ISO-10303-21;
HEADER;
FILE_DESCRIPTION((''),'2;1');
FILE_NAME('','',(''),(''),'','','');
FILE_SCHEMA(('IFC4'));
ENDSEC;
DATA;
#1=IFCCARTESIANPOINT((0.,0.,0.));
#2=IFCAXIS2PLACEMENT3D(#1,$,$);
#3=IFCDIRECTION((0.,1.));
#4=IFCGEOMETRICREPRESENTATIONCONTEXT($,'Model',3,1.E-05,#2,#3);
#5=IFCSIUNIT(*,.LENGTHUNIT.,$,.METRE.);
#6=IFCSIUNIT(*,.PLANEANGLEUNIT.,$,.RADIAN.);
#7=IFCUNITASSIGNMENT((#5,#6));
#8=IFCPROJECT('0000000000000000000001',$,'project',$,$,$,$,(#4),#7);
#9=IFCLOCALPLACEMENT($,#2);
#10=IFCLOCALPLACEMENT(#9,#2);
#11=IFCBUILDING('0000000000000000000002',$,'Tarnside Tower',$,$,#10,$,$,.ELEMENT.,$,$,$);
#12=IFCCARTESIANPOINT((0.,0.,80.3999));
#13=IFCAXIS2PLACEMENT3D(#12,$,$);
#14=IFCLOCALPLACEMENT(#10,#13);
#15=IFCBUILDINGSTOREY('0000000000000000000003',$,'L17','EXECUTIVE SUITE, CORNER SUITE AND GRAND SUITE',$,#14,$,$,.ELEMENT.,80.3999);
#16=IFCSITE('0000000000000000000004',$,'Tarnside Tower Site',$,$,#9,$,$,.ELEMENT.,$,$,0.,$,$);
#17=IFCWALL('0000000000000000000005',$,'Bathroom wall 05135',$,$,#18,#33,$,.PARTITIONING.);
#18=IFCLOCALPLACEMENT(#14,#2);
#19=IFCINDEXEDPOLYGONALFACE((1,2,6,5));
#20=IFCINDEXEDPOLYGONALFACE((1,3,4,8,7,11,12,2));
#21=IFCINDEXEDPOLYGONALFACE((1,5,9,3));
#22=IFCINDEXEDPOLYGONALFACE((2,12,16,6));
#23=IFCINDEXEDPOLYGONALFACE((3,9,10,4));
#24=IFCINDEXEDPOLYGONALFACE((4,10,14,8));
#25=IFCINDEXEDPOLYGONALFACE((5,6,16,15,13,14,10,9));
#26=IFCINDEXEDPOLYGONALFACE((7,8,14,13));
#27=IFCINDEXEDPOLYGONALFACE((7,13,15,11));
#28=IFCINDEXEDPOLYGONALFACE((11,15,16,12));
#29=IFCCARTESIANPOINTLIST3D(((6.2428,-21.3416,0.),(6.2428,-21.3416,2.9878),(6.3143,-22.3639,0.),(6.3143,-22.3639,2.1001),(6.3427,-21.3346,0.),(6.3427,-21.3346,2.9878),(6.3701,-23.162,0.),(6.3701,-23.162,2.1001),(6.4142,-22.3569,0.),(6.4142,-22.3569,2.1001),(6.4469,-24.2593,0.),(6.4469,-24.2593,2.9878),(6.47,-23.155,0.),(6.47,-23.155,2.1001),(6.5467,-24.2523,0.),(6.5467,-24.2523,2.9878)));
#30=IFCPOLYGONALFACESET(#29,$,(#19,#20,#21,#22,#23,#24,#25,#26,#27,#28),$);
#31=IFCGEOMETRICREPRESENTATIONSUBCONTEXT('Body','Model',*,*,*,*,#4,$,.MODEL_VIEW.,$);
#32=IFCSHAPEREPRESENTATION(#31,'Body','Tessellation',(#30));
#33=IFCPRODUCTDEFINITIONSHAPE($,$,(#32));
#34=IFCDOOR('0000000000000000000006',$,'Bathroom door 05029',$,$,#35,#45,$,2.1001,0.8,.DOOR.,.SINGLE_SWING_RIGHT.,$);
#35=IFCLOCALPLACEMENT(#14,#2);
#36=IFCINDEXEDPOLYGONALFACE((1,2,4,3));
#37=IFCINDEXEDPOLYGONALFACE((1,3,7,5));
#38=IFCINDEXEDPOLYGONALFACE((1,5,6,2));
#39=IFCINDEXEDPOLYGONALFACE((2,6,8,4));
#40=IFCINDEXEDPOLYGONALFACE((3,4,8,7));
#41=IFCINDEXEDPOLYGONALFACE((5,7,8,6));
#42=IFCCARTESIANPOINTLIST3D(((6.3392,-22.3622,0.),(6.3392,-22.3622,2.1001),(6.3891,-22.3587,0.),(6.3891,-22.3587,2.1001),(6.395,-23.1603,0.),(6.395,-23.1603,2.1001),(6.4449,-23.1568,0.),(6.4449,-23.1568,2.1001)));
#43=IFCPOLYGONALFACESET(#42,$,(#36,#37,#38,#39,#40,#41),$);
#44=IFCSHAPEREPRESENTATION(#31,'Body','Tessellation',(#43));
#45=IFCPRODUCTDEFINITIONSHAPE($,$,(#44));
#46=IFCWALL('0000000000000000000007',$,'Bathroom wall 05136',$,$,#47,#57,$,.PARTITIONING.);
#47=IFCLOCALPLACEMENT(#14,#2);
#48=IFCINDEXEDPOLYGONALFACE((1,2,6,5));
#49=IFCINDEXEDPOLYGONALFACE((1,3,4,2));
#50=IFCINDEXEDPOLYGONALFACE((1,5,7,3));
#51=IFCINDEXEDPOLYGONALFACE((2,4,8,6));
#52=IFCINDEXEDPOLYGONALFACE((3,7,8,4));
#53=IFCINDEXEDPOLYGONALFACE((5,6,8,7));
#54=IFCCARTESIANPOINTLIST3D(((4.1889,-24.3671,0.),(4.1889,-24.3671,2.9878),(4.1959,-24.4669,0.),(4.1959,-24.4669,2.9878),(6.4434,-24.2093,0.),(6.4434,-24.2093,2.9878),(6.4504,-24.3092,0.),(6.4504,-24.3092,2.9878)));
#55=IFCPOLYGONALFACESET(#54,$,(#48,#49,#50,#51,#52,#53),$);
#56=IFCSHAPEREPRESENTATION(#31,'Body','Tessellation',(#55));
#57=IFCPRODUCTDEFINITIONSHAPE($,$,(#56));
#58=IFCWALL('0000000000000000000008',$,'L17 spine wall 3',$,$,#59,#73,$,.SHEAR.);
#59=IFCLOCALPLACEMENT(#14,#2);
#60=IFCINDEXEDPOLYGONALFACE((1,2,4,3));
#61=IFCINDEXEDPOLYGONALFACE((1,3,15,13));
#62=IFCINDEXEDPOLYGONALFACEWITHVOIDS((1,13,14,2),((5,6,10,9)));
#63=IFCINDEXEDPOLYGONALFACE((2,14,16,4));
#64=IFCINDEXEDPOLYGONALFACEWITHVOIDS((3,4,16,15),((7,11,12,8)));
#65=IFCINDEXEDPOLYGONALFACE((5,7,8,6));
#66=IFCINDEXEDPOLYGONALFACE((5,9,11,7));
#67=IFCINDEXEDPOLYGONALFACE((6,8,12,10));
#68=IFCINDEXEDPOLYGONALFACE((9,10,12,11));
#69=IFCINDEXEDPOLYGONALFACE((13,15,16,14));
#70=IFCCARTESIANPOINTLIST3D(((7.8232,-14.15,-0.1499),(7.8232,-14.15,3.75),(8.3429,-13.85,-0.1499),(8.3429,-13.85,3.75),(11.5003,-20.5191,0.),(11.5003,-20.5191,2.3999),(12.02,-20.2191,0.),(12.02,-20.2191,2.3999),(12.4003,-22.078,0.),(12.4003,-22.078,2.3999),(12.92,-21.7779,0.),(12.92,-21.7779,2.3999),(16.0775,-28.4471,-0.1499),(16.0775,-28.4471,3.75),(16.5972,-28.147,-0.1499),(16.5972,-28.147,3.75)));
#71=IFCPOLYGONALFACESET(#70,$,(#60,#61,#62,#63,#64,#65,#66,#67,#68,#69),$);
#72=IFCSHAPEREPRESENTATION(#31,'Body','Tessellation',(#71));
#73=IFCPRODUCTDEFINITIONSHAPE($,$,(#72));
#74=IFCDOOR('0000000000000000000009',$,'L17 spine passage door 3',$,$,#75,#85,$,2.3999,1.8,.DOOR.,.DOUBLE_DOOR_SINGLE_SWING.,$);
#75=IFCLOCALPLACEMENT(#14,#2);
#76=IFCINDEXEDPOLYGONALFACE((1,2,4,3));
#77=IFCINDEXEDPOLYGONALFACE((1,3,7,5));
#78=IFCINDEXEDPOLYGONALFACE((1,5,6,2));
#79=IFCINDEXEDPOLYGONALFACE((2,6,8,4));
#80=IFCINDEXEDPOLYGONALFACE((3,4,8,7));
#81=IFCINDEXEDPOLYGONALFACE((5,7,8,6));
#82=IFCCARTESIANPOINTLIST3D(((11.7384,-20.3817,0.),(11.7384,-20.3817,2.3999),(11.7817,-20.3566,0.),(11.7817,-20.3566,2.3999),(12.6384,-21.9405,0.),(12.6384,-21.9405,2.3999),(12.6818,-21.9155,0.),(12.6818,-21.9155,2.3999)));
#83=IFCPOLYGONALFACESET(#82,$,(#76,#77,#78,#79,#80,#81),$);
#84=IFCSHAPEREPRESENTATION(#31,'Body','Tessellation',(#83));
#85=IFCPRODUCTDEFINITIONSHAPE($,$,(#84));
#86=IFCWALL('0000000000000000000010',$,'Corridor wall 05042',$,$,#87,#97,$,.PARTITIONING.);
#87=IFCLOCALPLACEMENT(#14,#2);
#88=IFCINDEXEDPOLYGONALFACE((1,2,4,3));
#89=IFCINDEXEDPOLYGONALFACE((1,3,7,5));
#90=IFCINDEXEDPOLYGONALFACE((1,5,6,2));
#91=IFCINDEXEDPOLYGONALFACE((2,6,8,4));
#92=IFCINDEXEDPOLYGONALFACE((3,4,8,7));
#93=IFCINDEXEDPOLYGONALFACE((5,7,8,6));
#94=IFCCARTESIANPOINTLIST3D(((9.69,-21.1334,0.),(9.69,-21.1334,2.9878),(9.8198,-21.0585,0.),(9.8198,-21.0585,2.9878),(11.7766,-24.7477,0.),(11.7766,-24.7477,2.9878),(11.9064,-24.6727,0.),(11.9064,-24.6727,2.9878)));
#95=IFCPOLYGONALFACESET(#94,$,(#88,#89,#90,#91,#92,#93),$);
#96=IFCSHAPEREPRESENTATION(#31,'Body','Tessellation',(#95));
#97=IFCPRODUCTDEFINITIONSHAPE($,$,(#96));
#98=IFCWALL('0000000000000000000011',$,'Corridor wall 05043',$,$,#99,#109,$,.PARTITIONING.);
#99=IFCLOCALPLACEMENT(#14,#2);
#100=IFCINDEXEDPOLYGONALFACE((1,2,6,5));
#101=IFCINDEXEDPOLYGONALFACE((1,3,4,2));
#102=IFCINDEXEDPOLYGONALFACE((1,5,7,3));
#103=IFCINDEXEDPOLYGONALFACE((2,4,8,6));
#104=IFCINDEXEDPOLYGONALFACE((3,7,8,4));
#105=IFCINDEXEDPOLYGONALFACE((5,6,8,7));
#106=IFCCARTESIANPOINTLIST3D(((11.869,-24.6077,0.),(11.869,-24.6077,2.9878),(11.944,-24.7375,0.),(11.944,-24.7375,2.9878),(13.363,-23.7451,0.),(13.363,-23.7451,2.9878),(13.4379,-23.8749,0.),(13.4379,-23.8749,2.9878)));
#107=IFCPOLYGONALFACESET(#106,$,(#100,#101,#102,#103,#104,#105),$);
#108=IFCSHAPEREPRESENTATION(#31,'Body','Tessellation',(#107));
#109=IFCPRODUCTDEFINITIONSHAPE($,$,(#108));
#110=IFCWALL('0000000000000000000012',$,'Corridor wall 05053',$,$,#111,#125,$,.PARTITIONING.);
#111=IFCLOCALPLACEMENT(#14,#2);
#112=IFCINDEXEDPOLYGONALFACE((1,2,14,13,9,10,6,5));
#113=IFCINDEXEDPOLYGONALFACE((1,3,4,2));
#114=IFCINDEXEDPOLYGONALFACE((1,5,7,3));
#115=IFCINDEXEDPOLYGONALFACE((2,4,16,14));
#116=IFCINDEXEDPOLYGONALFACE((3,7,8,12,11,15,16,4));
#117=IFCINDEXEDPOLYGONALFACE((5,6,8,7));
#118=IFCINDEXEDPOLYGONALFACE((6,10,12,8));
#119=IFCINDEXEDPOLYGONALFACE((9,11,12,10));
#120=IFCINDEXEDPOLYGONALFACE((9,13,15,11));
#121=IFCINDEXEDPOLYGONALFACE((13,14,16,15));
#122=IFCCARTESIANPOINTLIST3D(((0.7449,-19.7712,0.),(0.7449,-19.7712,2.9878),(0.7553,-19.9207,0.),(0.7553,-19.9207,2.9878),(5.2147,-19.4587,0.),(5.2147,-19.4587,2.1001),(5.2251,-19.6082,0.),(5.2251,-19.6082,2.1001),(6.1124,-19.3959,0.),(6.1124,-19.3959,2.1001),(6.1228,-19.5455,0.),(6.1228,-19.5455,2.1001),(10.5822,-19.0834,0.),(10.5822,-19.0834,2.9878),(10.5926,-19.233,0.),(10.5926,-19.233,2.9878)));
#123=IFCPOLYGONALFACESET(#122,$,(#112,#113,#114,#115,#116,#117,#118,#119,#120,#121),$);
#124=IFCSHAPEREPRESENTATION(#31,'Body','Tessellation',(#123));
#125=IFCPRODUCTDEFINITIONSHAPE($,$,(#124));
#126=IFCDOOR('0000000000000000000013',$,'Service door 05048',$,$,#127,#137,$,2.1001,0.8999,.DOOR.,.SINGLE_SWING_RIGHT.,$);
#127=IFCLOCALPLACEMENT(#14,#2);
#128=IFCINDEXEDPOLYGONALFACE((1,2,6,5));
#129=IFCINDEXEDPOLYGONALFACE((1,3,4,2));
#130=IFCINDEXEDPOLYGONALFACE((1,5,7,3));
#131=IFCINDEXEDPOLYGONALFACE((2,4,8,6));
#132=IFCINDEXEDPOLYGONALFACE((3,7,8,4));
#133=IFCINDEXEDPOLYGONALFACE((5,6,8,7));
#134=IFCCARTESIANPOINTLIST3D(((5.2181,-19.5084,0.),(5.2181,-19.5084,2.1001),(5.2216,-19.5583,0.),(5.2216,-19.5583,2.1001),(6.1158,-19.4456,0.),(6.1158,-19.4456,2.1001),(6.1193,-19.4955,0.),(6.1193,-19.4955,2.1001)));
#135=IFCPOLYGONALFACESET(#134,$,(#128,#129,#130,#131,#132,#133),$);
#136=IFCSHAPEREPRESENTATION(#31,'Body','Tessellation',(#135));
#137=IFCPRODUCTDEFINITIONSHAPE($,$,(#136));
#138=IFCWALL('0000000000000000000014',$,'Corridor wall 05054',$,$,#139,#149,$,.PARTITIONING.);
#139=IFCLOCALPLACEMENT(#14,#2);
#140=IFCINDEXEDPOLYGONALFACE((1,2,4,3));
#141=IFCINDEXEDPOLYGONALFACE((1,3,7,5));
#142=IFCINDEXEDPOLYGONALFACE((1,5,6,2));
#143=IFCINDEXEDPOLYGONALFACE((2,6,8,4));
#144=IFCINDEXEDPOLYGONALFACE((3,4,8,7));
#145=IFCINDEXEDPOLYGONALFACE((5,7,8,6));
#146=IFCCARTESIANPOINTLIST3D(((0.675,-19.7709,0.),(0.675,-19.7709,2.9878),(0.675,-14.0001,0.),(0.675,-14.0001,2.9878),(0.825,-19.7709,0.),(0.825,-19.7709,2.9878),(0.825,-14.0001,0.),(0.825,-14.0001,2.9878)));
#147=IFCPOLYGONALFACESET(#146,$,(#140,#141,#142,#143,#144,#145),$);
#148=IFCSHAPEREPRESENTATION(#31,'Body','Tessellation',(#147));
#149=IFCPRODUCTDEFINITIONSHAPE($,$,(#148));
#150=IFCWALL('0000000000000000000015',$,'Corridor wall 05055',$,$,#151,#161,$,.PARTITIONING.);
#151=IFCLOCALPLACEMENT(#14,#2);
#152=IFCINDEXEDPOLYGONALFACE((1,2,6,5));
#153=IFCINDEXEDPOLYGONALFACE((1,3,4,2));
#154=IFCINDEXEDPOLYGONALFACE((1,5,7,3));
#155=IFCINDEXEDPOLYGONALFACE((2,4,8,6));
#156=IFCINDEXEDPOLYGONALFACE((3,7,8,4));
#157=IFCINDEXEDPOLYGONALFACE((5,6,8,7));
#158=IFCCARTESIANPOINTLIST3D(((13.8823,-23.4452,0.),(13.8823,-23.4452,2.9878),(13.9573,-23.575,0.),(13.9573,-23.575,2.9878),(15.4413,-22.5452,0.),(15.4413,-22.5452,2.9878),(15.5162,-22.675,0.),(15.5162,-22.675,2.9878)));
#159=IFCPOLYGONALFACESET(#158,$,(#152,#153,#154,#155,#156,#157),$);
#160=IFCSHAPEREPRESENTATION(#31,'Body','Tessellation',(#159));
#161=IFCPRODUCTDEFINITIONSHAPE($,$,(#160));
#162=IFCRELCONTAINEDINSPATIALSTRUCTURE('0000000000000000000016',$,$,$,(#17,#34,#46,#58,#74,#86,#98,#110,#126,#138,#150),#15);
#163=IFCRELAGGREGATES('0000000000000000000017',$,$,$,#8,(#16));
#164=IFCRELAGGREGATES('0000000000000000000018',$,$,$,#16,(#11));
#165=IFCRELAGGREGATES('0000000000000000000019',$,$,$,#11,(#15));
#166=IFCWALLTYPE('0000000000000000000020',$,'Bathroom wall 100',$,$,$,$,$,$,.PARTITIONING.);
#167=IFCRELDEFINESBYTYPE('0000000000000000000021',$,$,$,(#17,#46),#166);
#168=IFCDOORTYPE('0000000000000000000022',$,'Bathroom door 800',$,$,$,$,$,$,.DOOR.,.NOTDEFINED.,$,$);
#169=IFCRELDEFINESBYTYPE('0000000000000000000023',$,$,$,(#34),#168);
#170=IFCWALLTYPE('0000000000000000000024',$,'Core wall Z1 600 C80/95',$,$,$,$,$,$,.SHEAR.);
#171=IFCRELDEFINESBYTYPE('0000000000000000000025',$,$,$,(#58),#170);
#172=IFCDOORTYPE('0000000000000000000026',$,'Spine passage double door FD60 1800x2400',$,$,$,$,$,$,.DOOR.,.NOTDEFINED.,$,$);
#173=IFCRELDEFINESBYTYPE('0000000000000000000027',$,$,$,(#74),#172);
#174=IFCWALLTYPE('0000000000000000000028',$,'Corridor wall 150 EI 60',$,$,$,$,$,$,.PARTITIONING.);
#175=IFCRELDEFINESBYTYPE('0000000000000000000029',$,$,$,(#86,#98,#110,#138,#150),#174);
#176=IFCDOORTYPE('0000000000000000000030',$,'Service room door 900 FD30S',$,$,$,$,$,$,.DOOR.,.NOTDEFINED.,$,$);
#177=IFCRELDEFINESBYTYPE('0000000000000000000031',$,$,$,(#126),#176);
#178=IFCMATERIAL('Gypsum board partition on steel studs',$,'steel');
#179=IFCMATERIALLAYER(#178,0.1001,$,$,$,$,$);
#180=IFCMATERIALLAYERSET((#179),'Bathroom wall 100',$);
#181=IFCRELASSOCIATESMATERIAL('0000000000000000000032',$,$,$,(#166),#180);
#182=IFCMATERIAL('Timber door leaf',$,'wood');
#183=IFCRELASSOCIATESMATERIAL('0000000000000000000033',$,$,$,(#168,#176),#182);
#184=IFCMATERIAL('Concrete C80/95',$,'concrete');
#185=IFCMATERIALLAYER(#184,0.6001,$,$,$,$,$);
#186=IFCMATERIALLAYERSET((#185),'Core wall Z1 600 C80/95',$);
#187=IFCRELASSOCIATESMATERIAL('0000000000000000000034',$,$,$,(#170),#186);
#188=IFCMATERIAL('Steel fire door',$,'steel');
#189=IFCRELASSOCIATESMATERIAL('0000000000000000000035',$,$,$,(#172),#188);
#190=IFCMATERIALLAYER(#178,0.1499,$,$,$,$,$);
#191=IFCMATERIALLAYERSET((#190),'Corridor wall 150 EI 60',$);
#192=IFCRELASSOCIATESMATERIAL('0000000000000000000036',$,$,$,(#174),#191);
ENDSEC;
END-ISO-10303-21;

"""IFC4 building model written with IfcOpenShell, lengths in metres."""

from ifc_helpers import new_model, si_unit, direction, frame, frame_2d, origin, place, context, subcontext, project, spatial, rectangle, extrude, material, layer, layer_set, type_object, element, fill, save


model = new_model("IFC4")

# Units and contexts
model_context = context("Model", 3, precision=1e-05, world=origin(), true_north=direction((0.0, 1.0)))
body_context = subcontext(model_context, "Body", "Model", "MODEL_VIEW")
ifc_project = project(units=[si_unit("LENGTHUNIT", "METRE"), si_unit("PLANEANGLEUNIT", "RADIAN")], contexts=[model_context])

# Site, building, storey
site_placement = place(None, origin())
site = spatial("IfcSite", under=ifc_project, at=site_placement, Name="Tarnside Tower Site", CompositionType="ELEMENT", RefElevation=0.0)
building_placement = place(site_placement, origin())
building = spatial("IfcBuilding", under=site, at=building_placement, Name="Tarnside Tower", CompositionType="ELEMENT")
storey_placement = place(building_placement, frame((0.0, 0.0, 80.3999)))
storey = spatial("IfcBuildingStorey", under=building, at=storey_placement, Name="L17", Description="EXECUTIVE SUITE, CORNER SUITE AND GRAND SUITE", CompositionType="ELEMENT", Elevation=80.3999)

# Wall, opening, door
ifc_material_1 = material(Name="Gypsum board partition on steel studs", Category="steel")
ifc_layer_1 = layer(ifc_material_1, 0.1001)
ifc_layer_set_1 = layer_set([ifc_layer_1], Name="Bathroom wall 100")
wall_type_1 = type_object("IfcWallType", Name="Bathroom wall 100", PredefinedType="PARTITIONING", material=ifc_layer_set_1)
wall_1_placement = place(storey_placement, frame((6.2927, -21.3381, 0.0), z_axis=(0.0, 0.0, 1.0), x_axis=(0.069782, -0.997562, 0.0)))
wall_1 = element("IfcWall", 1, at=wall_1_placement, inside=storey, type_object=wall_type_1, Name="Bathroom wall 05135", PredefinedType="PARTITIONING", context=body_context, shape_type="SweptSolid", body=[
    extrude(rectangle(XDim=2.9248, YDim=0.1001, at=frame_2d((1.4624, 0.0))), origin(), (0.0, 0.0, 1.0), 2.9878),
])
opening_1_placement = place(wall_1_placement, frame((1.0249, 0.0, 0.0)))
opening_1 = element("IfcOpeningElement", 2, at=opening_1_placement, cuts=wall_1, PredefinedType="OPENING", context=body_context, shape_type="SweptSolid", body=[
    extrude(rectangle(XDim=0.8, YDim=2.1001, at=frame_2d((0.3999, 1.05))), frame((0.0, 0.0601, 0.0), z_axis=(0.0, -1.0, 0.0), x_axis=(1.0, 0.0, 0.0)), (0.0, 0.0, 1.0), 0.1201),
])
ifc_material_2 = material(Name="Timber door leaf", Category="wood")
door_type_1 = type_object("IfcDoorType", Name="Bathroom door 800", OperationType="NOTDEFINED", PredefinedType="DOOR", material=ifc_material_2)
door_1_placement = place(opening_1_placement, origin())
door_1 = element("IfcDoor", 3, at=door_1_placement, inside=storey, type_object=door_type_1, Name="Bathroom door 05029", OperationType="SINGLE_SWING_RIGHT", OverallHeight=2.1001, OverallWidth=0.8, PredefinedType="DOOR", context=body_context, shape_type="SweptSolid", body=[
    extrude(rectangle(XDim=0.8, YDim=2.1001, at=frame_2d((0.3999, 1.05))), frame((0.0, 0.0249, 0.0), z_axis=(0.0, -1.0, 0.0), x_axis=(1.0, 0.0, 0.0)), (0.0, 0.0, 1.0), 0.05),
])
fill(opening_1, door_1)

# Wall
wall_2_placement = place(storey_placement, frame((6.4468, -24.2593, 0.0), z_axis=(0.0, 0.0, 1.0), x_axis=(-0.997562, -0.069788, 0.0)))
element("IfcWall", 4, at=wall_2_placement, inside=storey, type_object=wall_type_1, Name="Bathroom wall 05136", PredefinedType="PARTITIONING", context=body_context, shape_type="SweptSolid", body=[
    extrude(rectangle(XDim=2.26, YDim=0.1001, at=frame_2d((1.1299, 0.0))), origin(), (0.0, 0.0, 1.0), 2.9878),
])

# Wall, opening, door
ifc_material_3 = material(Name="Concrete C80/95", Category="concrete")
ifc_layer_2 = layer(ifc_material_3, 0.6001)
ifc_layer_set_2 = layer_set([ifc_layer_2], Name="Core wall Z1 600 C80/95")
wall_type_2 = type_object("IfcWallType", Name="Core wall Z1 600 C80/95", PredefinedType="SHEAR", material=ifc_layer_set_2)
wall_3_placement = place(storey_placement, frame((8.083, -14.0, -0.1499), z_axis=(0.0, 0.0, 1.0), x_axis=(0.499998, -0.866027, 0.0)))
wall_3 = element("IfcWall", 5, at=wall_3_placement, inside=storey, type_object=wall_type_2, Name="L17 spine wall 3", PredefinedType="SHEAR", context=body_context, shape_type="SweptSolid", body=[
    extrude(rectangle(XDim=16.5088, YDim=0.6001, at=frame_2d((8.2544, 0.0))), origin(), (0.0, 0.0, 1.0), 3.8999),
])
opening_2_placement = place(wall_3_placement, frame((7.3545, 0.0, 0.1499)))
opening_2 = element("IfcOpeningElement", 6, at=opening_2_placement, cuts=wall_3, PredefinedType="OPENING", context=body_context, shape_type="SweptSolid", body=[
    extrude(rectangle(XDim=1.8, YDim=2.3999, at=frame_2d((0.8999, 1.2))), frame((0.0, 0.3101, 0.0), z_axis=(0.0, -1.0, 0.0), x_axis=(1.0, 0.0, 0.0)), (0.0, 0.0, 1.0), 0.6201),
])
ifc_material_4 = material(Name="Steel fire door", Category="steel")
door_type_2 = type_object("IfcDoorType", Name="Spine passage double door FD60 1800x2400", OperationType="NOTDEFINED", PredefinedType="DOOR", material=ifc_material_4)
door_2_placement = place(opening_2_placement, origin())
door_2 = element("IfcDoor", 7, at=door_2_placement, inside=storey, type_object=door_type_2, Name="L17 spine passage door 3", OperationType="DOUBLE_DOOR_SINGLE_SWING", OverallHeight=2.3999, OverallWidth=1.8, PredefinedType="DOOR", context=body_context, shape_type="SweptSolid", body=[
    extrude(rectangle(XDim=1.8, YDim=2.3999, at=frame_2d((0.8999, 1.2))), frame((0.0, 0.0249, 0.0), z_axis=(0.0, -1.0, 0.0), x_axis=(1.0, 0.0, 0.0)), (0.0, 0.0, 1.0), 0.05),
])
fill(opening_2, door_2)

# Walls
ifc_layer_3 = layer(ifc_material_1, 0.1499)
ifc_layer_set_3 = layer_set([ifc_layer_3], Name="Corridor wall 150 EI 60")
wall_type_3 = type_object("IfcWallType", Name="Corridor wall 150 EI 60", PredefinedType="PARTITIONING", material=ifc_layer_set_3)
wall_4_placement = place(storey_placement, frame((9.7549, -21.0959, 0.0), z_axis=(0.0, 0.0, 1.0), x_axis=(0.499996, -0.866028, 0.0)))
element("IfcWall", 8, at=wall_4_placement, inside=storey, type_object=wall_type_3, Name="Corridor wall 05042", PredefinedType="PARTITIONING", context=body_context, shape_type="SweptSolid", body=[
    extrude(rectangle(XDim=4.1733, YDim=0.1499, at=frame_2d((2.0867, 0.0))), origin(), (0.0, 0.0, 1.0), 2.9878),
])
wall_5_placement = place(storey_placement, frame((11.9065, -24.6726, 0.0), z_axis=(0.0, 0.0, 1.0), x_axis=(0.866014, 0.500021, 0.0)))
element("IfcWall", 9, at=wall_5_placement, inside=storey, type_object=wall_type_3, Name="Corridor wall 05043", PredefinedType="PARTITIONING", context=body_context, shape_type="SweptSolid", body=[
    extrude(rectangle(XDim=1.7251, YDim=0.1499, at=frame_2d((0.8625, 0.0))), origin(), (0.0, 0.0, 1.0), 2.9878),
])

# Wall, opening, door
wall_6_placement = place(storey_placement, frame((10.5874, -19.1582, 0.0), z_axis=(0.0, 0.0, 1.0), x_axis=(-0.997565, -0.069741, 0.0)))
wall_6 = element("IfcWall", 10, at=wall_6_placement, inside=storey, type_object=wall_type_3, Name="Corridor wall 05053", PredefinedType="PARTITIONING", context=body_context, shape_type="SweptSolid", body=[
    extrude(rectangle(XDim=9.8613, YDim=0.1499, at=frame_2d((4.9307, 0.0))), origin(), (0.0, 0.0, 1.0), 2.9878),
])
opening_3_placement = place(wall_6_placement, frame((4.4807, 0.0, 0.0)))
opening_3 = element("IfcOpeningElement", 11, at=opening_3_placement, cuts=wall_6, PredefinedType="OPENING", context=body_context, shape_type="SweptSolid", body=[
    extrude(rectangle(XDim=0.8999, YDim=2.1001, at=frame_2d((0.45, 1.05))), frame((0.0, 0.085, 0.0), z_axis=(0.0, -1.0, 0.0), x_axis=(1.0, 0.0, 0.0)), (0.0, 0.0, 1.0), 0.1699),
])
door_type_3 = type_object("IfcDoorType", Name="Service room door 900 FD30S", OperationType="NOTDEFINED", PredefinedType="DOOR", material=ifc_material_2)
door_3_placement = place(opening_3_placement, origin())
door_3 = element("IfcDoor", 12, at=door_3_placement, inside=storey, type_object=door_type_3, Name="Service door 05048", OperationType="SINGLE_SWING_RIGHT", OverallHeight=2.1001, OverallWidth=0.8999, PredefinedType="DOOR", context=body_context, shape_type="SweptSolid", body=[
    extrude(rectangle(XDim=0.8999, YDim=2.1001, at=frame_2d((0.45, 1.05))), frame((0.0, 0.0249, 0.0), z_axis=(0.0, -1.0, 0.0), x_axis=(1.0, 0.0, 0.0)), (0.0, 0.0, 1.0), 0.05),
])
fill(opening_3, door_3)

# Walls
wall_7_placement = place(storey_placement, frame((0.75, -19.7708, 0.0), z_axis=(0.0, 0.0, 1.0), x_axis=(0.0, 1.0, 0.0)))
element("IfcWall", 13, at=wall_7_placement, inside=storey, type_object=wall_type_3, Name="Corridor wall 05054", PredefinedType="PARTITIONING", context=body_context, shape_type="SweptSolid", body=[
    extrude(rectangle(XDim=5.7708, YDim=0.1499, at=frame_2d((2.8853, 0.0))), origin(), (0.0, 0.0, 1.0), 2.9878),
])
wall_8_placement = place(storey_placement, frame((13.9199, -23.51, 0.0), z_axis=(0.0, 0.0, 1.0), x_axis=(0.866048, 0.499961, 0.0)))
element("IfcWall", 14, at=wall_8_placement, inside=storey, type_object=wall_type_3, Name="Corridor wall 05055", PredefinedType="PARTITIONING", context=body_context, shape_type="SweptSolid", body=[
    extrude(rectangle(XDim=1.8, YDim=0.1499, at=frame_2d((0.8999, 0.0))), origin(), (0.0, 0.0, 1.0), 2.9878),
])

save(model, "model.ifc")
